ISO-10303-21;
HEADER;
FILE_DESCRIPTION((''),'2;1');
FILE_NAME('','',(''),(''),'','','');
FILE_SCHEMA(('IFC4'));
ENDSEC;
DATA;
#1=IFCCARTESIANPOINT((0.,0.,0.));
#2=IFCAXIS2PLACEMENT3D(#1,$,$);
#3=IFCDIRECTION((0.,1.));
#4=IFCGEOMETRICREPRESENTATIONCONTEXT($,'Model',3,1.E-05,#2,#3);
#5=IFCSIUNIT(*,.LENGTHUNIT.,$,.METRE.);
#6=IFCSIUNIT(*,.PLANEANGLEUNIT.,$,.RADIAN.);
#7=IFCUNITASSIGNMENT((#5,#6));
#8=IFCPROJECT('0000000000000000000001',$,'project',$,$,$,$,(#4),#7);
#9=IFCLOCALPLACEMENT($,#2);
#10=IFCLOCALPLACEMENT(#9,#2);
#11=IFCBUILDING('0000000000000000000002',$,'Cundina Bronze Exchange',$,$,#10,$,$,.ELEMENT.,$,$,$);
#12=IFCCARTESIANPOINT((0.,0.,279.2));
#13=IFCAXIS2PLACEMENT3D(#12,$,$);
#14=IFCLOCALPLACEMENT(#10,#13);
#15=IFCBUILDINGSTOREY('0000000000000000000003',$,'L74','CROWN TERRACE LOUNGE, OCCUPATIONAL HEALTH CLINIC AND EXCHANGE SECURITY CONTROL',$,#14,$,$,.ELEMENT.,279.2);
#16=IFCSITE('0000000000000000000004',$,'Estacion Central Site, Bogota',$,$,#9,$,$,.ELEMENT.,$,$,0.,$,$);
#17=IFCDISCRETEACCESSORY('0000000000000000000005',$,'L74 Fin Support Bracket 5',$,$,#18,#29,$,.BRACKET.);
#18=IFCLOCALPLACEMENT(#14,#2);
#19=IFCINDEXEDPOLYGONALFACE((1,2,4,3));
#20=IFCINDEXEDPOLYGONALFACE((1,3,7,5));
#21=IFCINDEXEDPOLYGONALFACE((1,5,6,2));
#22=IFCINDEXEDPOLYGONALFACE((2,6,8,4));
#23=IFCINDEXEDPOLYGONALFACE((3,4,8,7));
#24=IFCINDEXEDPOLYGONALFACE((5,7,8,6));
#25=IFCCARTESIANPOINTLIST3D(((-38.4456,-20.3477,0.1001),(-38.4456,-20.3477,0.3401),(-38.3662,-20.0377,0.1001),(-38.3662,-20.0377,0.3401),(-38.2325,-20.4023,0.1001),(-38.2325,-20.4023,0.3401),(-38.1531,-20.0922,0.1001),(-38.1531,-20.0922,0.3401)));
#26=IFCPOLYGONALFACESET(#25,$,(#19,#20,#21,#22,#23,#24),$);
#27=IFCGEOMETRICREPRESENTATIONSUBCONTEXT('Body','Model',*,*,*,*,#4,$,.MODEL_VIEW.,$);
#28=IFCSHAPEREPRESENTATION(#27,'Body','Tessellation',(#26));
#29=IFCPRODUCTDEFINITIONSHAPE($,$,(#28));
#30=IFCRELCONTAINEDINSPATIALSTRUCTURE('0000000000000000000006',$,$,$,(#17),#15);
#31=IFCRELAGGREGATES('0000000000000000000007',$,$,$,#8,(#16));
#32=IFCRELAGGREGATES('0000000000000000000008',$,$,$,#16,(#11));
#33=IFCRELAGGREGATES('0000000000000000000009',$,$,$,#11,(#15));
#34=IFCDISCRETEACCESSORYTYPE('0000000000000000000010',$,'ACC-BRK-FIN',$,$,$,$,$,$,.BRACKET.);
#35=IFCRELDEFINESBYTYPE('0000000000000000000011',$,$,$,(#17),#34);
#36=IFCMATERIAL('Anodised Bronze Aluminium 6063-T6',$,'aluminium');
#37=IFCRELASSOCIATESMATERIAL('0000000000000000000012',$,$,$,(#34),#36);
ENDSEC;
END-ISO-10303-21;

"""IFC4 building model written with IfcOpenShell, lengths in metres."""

from ifc_helpers import new_model, si_unit, direction, frame, origin, origin_2d, place, context, subcontext, project, spatial, rectangle, extrude, material, type_object, element, save


model = new_model("IFC4")

# Units and contexts
model_context = context("Model", 3, precision=1e-05, world=origin(), true_north=direction((0.0, 1.0)))
body_context = subcontext(model_context, "Body", "Model", "MODEL_VIEW")
ifc_project = project(units=[si_unit("LENGTHUNIT", "METRE"), si_unit("PLANEANGLEUNIT", "RADIAN")], contexts=[model_context])

# Site, building, storey
site_placement = place(None, origin())
site = spatial("IfcSite", under=ifc_project, at=site_placement, Name="Estacion Central Site, Bogota", CompositionType="ELEMENT", RefElevation=0.0)
building_placement = place(site_placement, origin())
building = spatial("IfcBuilding", under=site, at=building_placement, Name="Cundina Bronze Exchange", CompositionType="ELEMENT")
storey_placement = place(building_placement, frame((0.0, 0.0, 279.2)))
storey = spatial("IfcBuildingStorey", under=building, at=storey_placement, Name="L74", Description="CROWN TERRACE LOUNGE, OCCUPATIONAL HEALTH CLINIC AND EXCHANGE SECURITY CONTROL", CompositionType="ELEMENT", Elevation=279.2)

# Shared definitions
ifc_material_1 = material(Name="Anodised Bronze Aluminium 6063-T6", Category="aluminium")

# Discrete accessory
discrete_accessory_type = type_object("IfcDiscreteAccessoryType", Name="ACC-BRK-FIN", PredefinedType="BRACKET", material=ifc_material_1)
discrete_accessory_placement = place(storey_placement, frame((-38.2993, -20.22, 0.1001), z_axis=(0.0, 0.0, 1.0), x_axis=(0.968744, -0.248064, 0.0)))
element("IfcDiscreteAccessory", 1, at=discrete_accessory_placement, inside=storey, type_object=discrete_accessory_type, Name="L74 Fin Support Bracket 5", PredefinedType="BRACKET", context=body_context, shape_type="SweptSolid", body=[
    extrude(rectangle(XDim=0.22, YDim=0.3201, at=origin_2d()), origin(), (0.0, 0.0, 1.0), 0.24),
])

save(model, "model.ifc")
